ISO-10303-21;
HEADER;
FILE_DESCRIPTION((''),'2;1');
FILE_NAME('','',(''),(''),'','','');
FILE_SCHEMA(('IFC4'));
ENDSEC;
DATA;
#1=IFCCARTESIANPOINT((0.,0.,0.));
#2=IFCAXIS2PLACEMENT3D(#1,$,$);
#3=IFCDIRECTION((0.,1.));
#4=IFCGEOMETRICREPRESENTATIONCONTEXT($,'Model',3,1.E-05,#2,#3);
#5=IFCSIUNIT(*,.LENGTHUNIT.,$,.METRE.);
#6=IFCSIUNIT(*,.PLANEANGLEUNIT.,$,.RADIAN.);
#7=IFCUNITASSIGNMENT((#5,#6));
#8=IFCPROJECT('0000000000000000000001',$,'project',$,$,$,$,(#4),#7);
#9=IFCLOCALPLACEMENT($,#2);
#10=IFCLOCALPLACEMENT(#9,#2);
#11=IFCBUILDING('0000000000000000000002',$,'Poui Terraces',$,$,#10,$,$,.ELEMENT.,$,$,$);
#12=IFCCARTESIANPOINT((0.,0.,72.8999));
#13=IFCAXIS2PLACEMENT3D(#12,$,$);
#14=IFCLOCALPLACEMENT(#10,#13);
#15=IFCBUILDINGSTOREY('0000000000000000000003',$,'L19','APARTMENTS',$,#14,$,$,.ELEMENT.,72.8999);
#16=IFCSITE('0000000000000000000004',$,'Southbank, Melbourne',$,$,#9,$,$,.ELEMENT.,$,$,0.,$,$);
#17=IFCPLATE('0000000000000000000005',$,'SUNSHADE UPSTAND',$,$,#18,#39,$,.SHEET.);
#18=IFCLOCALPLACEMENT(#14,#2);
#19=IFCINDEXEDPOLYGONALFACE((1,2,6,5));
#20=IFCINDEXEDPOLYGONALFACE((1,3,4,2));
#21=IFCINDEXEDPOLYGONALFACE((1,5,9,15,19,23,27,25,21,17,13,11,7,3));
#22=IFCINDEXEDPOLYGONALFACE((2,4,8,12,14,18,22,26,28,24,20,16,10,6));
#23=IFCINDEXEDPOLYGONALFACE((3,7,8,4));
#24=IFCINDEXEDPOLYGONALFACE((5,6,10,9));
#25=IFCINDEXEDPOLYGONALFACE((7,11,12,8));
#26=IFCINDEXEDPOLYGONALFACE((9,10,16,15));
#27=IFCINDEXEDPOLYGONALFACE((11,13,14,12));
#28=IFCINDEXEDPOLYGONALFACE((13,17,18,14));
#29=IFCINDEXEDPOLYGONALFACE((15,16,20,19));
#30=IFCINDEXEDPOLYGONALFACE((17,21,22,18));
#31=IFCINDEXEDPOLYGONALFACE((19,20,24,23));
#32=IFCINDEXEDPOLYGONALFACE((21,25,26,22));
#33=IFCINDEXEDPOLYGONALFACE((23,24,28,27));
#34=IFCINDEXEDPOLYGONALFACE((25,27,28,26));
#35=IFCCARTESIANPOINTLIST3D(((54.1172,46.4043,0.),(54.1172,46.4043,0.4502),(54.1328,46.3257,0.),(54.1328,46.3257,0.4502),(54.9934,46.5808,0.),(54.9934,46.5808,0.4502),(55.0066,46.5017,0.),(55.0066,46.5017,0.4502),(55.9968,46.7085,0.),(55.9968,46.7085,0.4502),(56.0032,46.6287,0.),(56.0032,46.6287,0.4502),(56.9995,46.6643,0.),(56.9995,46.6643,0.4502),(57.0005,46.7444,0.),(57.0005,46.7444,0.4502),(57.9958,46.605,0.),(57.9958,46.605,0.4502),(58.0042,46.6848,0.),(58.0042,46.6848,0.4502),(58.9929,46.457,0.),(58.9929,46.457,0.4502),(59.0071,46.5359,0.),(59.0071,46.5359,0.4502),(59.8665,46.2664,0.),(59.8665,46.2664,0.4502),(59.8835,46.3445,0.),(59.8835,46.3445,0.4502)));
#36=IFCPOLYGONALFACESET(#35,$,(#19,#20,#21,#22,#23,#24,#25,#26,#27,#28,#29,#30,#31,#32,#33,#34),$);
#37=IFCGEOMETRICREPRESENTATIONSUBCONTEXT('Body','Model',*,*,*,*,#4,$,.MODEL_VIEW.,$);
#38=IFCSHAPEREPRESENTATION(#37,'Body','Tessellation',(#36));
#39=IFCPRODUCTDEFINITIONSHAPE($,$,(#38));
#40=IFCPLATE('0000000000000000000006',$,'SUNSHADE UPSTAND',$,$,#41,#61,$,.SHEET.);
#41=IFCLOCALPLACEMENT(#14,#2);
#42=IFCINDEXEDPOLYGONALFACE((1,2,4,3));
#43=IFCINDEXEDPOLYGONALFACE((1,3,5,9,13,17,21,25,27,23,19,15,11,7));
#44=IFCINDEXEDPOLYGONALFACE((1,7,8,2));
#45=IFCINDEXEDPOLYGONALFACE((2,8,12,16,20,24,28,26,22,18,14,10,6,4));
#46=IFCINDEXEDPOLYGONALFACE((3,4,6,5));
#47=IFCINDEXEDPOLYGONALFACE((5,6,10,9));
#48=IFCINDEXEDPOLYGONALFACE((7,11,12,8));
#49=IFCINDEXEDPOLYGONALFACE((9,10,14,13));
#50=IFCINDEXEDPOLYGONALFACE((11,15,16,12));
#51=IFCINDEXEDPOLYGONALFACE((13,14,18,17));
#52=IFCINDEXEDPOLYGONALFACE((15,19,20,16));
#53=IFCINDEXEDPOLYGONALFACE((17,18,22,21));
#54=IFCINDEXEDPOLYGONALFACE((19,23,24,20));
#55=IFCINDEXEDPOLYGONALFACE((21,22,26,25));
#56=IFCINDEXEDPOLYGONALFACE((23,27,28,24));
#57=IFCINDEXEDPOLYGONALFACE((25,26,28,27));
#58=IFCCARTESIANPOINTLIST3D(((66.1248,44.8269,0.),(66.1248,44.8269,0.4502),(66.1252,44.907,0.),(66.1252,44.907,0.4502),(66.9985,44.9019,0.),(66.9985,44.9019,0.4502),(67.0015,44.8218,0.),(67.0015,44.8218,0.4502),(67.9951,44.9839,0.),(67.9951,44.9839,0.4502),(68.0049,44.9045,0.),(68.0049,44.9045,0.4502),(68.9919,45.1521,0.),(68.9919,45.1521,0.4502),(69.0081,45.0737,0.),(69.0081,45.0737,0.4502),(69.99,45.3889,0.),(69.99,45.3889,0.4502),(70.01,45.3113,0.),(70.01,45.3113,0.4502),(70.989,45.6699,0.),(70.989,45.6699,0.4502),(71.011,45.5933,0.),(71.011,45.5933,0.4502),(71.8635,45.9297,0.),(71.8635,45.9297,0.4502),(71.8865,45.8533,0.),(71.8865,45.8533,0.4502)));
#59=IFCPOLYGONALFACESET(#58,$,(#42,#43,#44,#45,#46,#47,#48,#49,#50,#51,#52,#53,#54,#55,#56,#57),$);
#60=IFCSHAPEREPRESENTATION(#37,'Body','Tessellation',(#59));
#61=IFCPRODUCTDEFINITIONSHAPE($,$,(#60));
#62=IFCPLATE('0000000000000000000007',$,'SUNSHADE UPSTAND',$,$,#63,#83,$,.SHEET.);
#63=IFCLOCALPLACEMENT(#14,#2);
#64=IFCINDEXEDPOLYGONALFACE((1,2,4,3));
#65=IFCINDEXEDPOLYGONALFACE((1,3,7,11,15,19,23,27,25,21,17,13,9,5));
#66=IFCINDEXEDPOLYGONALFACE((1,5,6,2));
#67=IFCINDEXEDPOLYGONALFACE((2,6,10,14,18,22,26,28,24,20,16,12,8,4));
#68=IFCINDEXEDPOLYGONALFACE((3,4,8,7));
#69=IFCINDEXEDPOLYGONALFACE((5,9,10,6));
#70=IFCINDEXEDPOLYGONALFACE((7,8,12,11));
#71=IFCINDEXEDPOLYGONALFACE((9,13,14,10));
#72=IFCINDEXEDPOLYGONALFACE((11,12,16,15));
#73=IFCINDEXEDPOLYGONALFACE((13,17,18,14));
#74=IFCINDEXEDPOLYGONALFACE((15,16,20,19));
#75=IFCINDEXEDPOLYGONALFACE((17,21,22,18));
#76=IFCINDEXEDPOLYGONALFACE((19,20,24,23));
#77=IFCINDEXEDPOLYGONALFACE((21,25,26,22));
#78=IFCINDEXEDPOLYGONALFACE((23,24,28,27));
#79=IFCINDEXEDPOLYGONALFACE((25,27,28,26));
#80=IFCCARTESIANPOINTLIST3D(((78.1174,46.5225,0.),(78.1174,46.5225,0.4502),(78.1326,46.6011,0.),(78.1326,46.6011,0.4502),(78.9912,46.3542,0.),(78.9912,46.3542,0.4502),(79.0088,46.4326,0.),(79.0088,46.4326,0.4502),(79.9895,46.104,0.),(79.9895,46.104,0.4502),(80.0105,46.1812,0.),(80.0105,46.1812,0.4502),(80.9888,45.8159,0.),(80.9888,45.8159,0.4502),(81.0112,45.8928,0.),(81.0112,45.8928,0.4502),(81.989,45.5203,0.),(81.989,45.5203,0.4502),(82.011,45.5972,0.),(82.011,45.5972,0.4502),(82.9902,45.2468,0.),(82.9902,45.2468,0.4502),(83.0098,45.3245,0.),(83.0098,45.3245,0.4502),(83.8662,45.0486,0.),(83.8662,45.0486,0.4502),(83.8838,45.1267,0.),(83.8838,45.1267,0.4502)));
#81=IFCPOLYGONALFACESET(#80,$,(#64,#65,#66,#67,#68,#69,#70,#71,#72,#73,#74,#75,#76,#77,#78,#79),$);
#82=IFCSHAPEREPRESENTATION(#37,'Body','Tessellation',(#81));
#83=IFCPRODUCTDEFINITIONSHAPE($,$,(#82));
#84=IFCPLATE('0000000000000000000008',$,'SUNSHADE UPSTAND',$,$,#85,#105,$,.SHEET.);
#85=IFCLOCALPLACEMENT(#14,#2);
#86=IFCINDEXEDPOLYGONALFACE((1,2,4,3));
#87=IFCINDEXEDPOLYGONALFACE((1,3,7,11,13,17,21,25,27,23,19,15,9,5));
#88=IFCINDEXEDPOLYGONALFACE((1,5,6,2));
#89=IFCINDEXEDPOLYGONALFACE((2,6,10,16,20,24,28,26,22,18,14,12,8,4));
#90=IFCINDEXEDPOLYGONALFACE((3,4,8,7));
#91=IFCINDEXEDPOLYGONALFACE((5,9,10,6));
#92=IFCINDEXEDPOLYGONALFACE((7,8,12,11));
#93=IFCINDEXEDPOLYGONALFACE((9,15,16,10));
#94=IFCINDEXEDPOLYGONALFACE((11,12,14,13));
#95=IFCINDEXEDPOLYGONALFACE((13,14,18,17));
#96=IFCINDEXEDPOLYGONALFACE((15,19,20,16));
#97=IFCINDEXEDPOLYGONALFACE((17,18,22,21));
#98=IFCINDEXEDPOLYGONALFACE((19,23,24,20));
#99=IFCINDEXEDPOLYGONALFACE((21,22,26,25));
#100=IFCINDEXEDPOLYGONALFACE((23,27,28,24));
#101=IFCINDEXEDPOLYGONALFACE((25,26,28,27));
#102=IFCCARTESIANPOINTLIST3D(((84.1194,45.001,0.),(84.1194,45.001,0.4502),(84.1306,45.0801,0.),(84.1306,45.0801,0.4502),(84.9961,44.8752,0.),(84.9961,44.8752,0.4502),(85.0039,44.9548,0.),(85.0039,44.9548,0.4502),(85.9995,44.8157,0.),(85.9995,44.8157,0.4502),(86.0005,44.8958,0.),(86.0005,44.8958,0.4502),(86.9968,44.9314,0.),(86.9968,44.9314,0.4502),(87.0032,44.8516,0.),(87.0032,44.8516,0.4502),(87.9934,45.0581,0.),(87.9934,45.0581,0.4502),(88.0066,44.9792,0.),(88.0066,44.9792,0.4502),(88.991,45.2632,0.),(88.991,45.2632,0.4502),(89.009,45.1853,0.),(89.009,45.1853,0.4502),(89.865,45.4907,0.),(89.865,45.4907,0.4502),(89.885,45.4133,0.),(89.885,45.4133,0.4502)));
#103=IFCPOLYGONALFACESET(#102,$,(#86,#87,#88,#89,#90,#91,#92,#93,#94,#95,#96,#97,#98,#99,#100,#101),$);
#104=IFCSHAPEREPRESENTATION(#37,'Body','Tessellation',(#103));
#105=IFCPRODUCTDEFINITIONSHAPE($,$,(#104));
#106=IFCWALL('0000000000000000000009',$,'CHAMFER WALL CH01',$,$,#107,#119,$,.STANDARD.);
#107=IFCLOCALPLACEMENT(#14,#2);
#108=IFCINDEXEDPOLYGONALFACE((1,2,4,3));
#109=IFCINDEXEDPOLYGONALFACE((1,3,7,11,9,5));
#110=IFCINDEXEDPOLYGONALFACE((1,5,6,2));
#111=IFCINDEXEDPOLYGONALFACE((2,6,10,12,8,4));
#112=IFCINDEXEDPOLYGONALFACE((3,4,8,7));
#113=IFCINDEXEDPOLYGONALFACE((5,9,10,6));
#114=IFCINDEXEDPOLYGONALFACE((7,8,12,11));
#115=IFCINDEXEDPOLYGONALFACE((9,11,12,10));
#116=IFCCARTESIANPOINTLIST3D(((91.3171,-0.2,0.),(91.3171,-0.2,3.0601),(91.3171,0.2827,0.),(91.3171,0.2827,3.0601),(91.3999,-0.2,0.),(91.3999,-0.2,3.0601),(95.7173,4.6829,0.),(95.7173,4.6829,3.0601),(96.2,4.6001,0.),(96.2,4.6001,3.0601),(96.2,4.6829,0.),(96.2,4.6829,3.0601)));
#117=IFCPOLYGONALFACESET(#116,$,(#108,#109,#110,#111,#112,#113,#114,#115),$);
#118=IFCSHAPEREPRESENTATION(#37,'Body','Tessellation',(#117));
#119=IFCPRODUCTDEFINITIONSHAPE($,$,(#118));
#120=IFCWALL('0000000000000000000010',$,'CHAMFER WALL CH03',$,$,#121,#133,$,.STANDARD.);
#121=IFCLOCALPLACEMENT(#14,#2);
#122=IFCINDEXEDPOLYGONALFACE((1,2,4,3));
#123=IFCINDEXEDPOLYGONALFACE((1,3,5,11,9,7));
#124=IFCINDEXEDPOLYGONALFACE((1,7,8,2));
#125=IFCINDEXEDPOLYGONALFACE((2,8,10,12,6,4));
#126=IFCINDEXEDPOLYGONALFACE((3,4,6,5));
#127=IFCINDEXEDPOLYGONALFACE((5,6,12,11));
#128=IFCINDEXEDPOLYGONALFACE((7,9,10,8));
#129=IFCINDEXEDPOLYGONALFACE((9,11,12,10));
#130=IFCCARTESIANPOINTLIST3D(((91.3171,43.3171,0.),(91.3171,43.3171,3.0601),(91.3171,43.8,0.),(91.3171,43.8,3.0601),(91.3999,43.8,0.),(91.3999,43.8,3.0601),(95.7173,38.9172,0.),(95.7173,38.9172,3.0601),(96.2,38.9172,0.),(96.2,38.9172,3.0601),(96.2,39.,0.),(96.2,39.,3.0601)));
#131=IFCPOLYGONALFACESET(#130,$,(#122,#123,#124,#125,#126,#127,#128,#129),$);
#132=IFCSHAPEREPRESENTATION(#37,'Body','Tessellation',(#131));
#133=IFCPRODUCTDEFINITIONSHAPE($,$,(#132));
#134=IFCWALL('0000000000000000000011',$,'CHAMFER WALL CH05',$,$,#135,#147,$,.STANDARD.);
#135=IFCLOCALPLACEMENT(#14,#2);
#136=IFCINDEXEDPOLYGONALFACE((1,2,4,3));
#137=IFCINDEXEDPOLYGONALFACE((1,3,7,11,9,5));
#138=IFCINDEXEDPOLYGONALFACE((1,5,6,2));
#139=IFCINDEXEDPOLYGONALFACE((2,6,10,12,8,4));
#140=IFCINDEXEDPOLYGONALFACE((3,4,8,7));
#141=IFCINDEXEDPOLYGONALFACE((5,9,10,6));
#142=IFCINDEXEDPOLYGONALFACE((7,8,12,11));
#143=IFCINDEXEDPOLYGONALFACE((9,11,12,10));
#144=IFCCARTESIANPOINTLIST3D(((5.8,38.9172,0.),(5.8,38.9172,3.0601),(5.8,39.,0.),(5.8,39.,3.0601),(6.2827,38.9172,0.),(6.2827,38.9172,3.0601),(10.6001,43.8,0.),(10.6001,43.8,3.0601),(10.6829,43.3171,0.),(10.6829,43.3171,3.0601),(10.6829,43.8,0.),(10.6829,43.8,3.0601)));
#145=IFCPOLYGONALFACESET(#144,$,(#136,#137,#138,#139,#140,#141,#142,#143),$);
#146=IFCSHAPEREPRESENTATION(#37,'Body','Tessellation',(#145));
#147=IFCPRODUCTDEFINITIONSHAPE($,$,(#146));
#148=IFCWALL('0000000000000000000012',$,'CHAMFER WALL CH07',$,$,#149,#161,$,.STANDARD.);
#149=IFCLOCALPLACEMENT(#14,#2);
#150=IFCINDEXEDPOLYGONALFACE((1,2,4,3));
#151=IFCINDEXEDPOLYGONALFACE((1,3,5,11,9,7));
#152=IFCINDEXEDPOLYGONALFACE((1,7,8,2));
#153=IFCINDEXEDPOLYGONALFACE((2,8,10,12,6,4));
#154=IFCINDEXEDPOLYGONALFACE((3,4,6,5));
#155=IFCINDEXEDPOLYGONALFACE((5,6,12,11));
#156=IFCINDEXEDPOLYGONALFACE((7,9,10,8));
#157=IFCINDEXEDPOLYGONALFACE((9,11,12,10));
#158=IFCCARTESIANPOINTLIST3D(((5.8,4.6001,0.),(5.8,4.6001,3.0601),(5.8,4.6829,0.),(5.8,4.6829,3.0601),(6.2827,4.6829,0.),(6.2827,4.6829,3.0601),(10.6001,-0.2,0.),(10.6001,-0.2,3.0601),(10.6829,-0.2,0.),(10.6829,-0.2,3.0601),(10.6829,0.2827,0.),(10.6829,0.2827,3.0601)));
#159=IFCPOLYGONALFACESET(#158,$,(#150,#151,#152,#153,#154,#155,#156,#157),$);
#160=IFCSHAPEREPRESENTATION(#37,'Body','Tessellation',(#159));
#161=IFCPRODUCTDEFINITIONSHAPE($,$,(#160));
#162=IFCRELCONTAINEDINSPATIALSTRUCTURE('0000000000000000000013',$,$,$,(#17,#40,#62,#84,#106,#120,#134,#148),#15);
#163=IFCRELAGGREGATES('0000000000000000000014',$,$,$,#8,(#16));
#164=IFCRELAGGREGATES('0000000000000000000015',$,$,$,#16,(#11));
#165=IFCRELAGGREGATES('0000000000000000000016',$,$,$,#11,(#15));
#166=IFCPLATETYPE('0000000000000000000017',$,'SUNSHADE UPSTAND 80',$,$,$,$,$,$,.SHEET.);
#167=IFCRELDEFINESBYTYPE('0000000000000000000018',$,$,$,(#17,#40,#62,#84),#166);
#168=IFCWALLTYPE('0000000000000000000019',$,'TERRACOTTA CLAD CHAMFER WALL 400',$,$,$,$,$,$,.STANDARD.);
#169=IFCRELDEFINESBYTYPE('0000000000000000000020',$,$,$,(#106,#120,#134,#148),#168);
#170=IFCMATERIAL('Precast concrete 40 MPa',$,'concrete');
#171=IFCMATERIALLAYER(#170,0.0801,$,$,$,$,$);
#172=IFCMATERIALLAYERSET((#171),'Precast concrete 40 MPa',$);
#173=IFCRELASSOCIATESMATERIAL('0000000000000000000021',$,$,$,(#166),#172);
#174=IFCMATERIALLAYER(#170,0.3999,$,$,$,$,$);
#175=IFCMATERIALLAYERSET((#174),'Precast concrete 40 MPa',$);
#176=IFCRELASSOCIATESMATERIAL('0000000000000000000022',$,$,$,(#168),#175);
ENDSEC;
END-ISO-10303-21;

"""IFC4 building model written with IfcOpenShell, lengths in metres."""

from ifc_helpers import new_model, si_unit, direction, frame, origin, place, context, subcontext, project, spatial, polyline, outline, extrude, material, layer, layer_set, type_object, element, save


model = new_model("IFC4")

# Units and contexts
model_context = context("Model", 3, precision=1e-05, world=origin(), true_north=direction((0.0, 1.0)))
body_context = subcontext(model_context, "Body", "Model", "MODEL_VIEW")
ifc_project = project(units=[si_unit("LENGTHUNIT", "METRE"), si_unit("PLANEANGLEUNIT", "RADIAN")], contexts=[model_context])

# Site, building, storey
site_placement = place(None, origin())
site = spatial("IfcSite", under=ifc_project, at=site_placement, Name="Southbank, Melbourne", CompositionType="ELEMENT", RefElevation=0.0)
building_placement = place(site_placement, origin())
building = spatial("IfcBuilding", under=site, at=building_placement, Name="Poui Terraces", CompositionType="ELEMENT")
storey_placement = place(building_placement, frame((0.0, 0.0, 72.8999)))
storey = spatial("IfcBuildingStorey", under=building, at=storey_placement, Name="L19", Description="APARTMENTS", CompositionType="ELEMENT", Elevation=72.8999)

# Shared definitions
ifc_material_1 = material(Name="Precast concrete 40 MPa", Category="concrete")

# Plates
ifc_layer_1 = layer(ifc_material_1, 0.0801)
ifc_layer_set_1 = layer_set([ifc_layer_1], Name="Precast concrete 40 MPa")
plate_type = type_object("IfcPlateType", Name="SUNSHADE UPSTAND 80", PredefinedType="SHEET", material=ifc_layer_set_1)
plate_1_placement = place(storey_placement, origin())
element("IfcPlate", 1, at=plate_1_placement, inside=storey, type_object=plate_type, Name="SUNSHADE UPSTAND", PredefinedType="SHEET", context=body_context, shape_type="SweptSolid", body=[
    extrude(outline(polyline([(54.9934, 46.5808), (54.1172, 46.4043), (54.1328, 46.3257), (55.0066, 46.5017), (56.0032, 46.6287), (56.9995, 46.6643), (57.9958, 46.605), (58.9929, 46.457), (59.8665, 46.2664), (59.8835, 46.3445), (59.0071, 46.5359), (58.0042, 46.6848), (57.0005, 46.7444), (55.9968, 46.7085), (54.9934, 46.5808)])), origin(), (0.0, 0.0, 1.0), 0.4502),
])
plate_2_placement = place(storey_placement, origin())
element("IfcPlate", 2, at=plate_2_placement, inside=storey, type_object=plate_type, Name="SUNSHADE UPSTAND", PredefinedType="SHEET", context=body_context, shape_type="SweptSolid", body=[
    extrude(outline(polyline([(66.9985, 44.9019), (66.1252, 44.907), (66.1248, 44.8269), (67.0015, 44.8218), (68.0049, 44.9045), (69.0081, 45.0737), (70.01, 45.3113), (71.011, 45.5933), (71.8865, 45.8533), (71.8635, 45.9297), (70.989, 45.6699), (69.99, 45.3889), (68.9919, 45.1521), (67.9951, 44.9839), (66.9985, 44.9019)])), origin(), (0.0, 0.0, 1.0), 0.4502),
])
plate_3_placement = place(storey_placement, origin())
element("IfcPlate", 3, at=plate_3_placement, inside=storey, type_object=plate_type, Name="SUNSHADE UPSTAND", PredefinedType="SHEET", context=body_context, shape_type="SweptSolid", body=[
    extrude(outline(polyline([(79.0088, 46.4326), (78.1326, 46.6011), (78.1174, 46.5225), (78.9912, 46.3542), (79.9895, 46.104), (80.9888, 45.8159), (81.989, 45.5203), (82.9902, 45.2468), (83.8662, 45.0486), (83.8838, 45.1267), (83.0098, 45.3245), (82.011, 45.5972), (81.0112, 45.8928), (80.0105, 46.1812), (79.0088, 46.4326)])), origin(), (0.0, 0.0, 1.0), 0.4502),
])
plate_4_placement = place(storey_placement, origin())
element("IfcPlate", 4, at=plate_4_placement, inside=storey, type_object=plate_type, Name="SUNSHADE UPSTAND", PredefinedType="SHEET", context=body_context, shape_type="SweptSolid", body=[
    extrude(outline(polyline([(85.0039, 44.9548), (84.1306, 45.0801), (84.1194, 45.001), (84.9961, 44.8752), (85.9995, 44.8157), (87.0032, 44.8516), (88.0066, 44.9792), (89.009, 45.1853), (89.885, 45.4133), (89.865, 45.4907), (88.991, 45.2632), (87.9934, 45.0581), (86.9968, 44.9314), (86.0005, 44.8958), (85.0039, 44.9548)])), origin(), (0.0, 0.0, 1.0), 0.4502),
])

# Walls
ifc_layer_2 = layer(ifc_material_1, 0.3999)
ifc_layer_set_2 = layer_set([ifc_layer_2], Name="Precast concrete 40 MPa")
wall_type = type_object("IfcWallType", Name="TERRACOTTA CLAD CHAMFER WALL 400", PredefinedType="STANDARD", material=ifc_layer_set_2)
wall_1_placement = place(storey_placement, origin())
element("IfcWall", 5, at=wall_1_placement, inside=storey, type_object=wall_type, Name="CHAMFER WALL CH01", PredefinedType="STANDARD", context=body_context, shape_type="SweptSolid", body=[
    extrude(outline(polyline([(91.3171, -0.2), (91.3999, -0.2), (96.2, 4.6001), (96.2, 4.6829), (95.7173, 4.6829), (91.3171, 0.2827), (91.3171, -0.2)])), origin(), (0.0, 0.0, 1.0), 3.0601),
])
wall_2_placement = place(storey_placement, origin())
element("IfcWall", 6, at=wall_2_placement, inside=storey, type_object=wall_type, Name="CHAMFER WALL CH03", PredefinedType="STANDARD", context=body_context, shape_type="SweptSolid", body=[
    extrude(outline(polyline([(96.2, 38.9172), (96.2, 39.0), (91.3999, 43.8), (91.3171, 43.8), (91.3171, 43.3171), (95.7173, 38.9172), (96.2, 38.9172)])), origin(), (0.0, 0.0, 1.0), 3.0601),
])
wall_3_placement = place(storey_placement, origin())
element("IfcWall", 7, at=wall_3_placement, inside=storey, type_object=wall_type, Name="CHAMFER WALL CH05", PredefinedType="STANDARD", context=body_context, shape_type="SweptSolid", body=[
    extrude(outline(polyline([(10.6829, 43.8), (10.6001, 43.8), (5.8, 39.0), (5.8, 38.9172), (6.2827, 38.9172), (10.6829, 43.3171), (10.6829, 43.8)])), origin(), (0.0, 0.0, 1.0), 3.0601),
])
wall_4_placement = place(storey_placement, origin())
element("IfcWall", 8, at=wall_4_placement, inside=storey, type_object=wall_type, Name="CHAMFER WALL CH07", PredefinedType="STANDARD", context=body_context, shape_type="SweptSolid", body=[
    extrude(outline(polyline([(5.8, 4.6829), (5.8, 4.6001), (10.6001, -0.2), (10.6829, -0.2), (10.6829, 0.2827), (6.2827, 4.6829), (5.8, 4.6829)])), origin(), (0.0, 0.0, 1.0), 3.0601),
])

save(model, "model.ifc")
